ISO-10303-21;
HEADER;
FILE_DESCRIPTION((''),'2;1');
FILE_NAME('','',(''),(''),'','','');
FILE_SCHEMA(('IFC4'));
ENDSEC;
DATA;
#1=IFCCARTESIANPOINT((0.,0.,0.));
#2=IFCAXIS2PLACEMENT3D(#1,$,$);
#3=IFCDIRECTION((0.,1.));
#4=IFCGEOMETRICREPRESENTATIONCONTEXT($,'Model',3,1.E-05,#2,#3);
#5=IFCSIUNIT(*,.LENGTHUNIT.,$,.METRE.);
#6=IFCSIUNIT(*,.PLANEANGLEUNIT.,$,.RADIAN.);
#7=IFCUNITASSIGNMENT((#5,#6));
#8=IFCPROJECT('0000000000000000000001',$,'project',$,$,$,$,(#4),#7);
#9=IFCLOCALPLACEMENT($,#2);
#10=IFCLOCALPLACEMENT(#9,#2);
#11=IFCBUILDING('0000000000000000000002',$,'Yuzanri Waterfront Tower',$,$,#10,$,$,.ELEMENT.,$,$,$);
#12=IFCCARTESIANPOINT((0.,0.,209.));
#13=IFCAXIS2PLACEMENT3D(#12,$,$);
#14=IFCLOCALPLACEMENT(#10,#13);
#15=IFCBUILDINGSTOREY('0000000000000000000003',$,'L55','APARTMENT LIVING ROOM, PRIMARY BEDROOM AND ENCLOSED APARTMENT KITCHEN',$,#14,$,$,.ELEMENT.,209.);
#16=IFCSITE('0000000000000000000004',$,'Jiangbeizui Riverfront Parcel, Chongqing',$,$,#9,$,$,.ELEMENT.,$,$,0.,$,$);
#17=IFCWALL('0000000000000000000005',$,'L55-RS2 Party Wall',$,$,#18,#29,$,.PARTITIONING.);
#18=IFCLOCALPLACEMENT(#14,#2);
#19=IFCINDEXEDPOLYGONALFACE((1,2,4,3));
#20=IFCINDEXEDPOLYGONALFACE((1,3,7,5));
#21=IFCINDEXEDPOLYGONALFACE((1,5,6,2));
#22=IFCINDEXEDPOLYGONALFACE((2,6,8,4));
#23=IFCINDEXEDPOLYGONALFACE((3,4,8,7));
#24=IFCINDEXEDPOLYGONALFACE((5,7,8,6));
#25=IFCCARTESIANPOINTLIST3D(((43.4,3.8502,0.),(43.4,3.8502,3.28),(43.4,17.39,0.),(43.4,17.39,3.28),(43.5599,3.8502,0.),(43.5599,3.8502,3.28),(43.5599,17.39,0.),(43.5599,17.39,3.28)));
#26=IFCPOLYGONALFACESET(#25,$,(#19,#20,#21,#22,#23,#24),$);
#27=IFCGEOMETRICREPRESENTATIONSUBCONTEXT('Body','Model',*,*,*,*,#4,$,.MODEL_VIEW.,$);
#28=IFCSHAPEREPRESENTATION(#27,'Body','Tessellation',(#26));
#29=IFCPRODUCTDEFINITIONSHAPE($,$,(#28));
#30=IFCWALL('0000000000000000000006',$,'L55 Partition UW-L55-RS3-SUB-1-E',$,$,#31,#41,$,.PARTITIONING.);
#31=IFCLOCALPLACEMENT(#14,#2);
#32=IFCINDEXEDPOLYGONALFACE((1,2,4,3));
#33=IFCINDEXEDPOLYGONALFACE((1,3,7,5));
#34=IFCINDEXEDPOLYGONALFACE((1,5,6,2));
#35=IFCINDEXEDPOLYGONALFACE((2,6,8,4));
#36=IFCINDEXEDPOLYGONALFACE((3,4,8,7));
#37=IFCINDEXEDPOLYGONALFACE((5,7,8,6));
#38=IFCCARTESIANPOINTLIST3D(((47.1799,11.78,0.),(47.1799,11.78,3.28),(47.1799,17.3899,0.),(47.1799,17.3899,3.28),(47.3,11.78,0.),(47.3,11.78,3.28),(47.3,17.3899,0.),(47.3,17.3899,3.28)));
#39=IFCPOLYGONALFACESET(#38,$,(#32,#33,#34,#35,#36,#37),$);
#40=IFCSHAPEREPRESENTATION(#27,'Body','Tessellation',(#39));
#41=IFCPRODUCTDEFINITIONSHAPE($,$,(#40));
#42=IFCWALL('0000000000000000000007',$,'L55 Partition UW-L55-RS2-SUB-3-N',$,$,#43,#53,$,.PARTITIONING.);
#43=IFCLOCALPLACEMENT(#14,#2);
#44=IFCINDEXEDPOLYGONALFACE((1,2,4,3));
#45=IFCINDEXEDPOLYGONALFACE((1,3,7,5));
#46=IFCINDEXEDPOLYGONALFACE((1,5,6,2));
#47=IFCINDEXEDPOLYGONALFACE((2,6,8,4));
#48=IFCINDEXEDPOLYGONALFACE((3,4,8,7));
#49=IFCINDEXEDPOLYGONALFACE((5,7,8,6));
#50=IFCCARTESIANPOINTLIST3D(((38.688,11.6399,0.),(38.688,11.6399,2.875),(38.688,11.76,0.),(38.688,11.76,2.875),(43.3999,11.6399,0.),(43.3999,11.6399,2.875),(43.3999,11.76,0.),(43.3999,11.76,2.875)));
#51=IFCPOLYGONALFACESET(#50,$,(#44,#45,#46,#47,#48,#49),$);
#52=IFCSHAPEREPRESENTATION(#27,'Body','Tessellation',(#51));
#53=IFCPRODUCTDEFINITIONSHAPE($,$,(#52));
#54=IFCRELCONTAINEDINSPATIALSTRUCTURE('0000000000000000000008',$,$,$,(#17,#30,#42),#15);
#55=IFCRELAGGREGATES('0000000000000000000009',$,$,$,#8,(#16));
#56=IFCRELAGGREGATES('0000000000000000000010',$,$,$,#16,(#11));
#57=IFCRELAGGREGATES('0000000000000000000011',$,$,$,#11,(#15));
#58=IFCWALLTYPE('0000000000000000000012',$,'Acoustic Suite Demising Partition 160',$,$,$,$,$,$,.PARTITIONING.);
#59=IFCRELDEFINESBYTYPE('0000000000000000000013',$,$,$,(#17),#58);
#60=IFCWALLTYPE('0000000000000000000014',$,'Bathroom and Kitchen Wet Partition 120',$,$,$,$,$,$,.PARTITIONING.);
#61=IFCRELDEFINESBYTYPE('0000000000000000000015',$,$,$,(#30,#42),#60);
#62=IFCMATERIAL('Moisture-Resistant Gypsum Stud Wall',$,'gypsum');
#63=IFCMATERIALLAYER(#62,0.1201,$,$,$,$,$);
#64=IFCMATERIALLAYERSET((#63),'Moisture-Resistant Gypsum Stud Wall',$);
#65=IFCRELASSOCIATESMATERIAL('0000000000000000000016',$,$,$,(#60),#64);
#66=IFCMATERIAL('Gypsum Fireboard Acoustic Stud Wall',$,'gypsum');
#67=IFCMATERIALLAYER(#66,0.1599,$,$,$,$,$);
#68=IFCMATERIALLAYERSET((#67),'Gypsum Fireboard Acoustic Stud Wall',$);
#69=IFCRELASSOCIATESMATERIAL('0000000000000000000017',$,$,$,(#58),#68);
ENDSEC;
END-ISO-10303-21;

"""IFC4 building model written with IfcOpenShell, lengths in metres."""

from ifc_helpers import new_model, si_unit, direction, frame, frame_2d, origin, place, context, subcontext, project, spatial, rectangle, extrude, source, transform, mapped, material, layer, layer_set, type_object, element, save


model = new_model("IFC4")

# Units and contexts
model_context = context("Model", 3, precision=1e-05, world=origin(), true_north=direction((0.0, 1.0)))
body_context = subcontext(model_context, "Body", "Model", "MODEL_VIEW")
ifc_project = project(units=[si_unit("LENGTHUNIT", "METRE"), si_unit("PLANEANGLEUNIT", "RADIAN")], contexts=[model_context])

# Site, building, storey
site_placement = place(None, origin())
site = spatial("IfcSite", under=ifc_project, at=site_placement, Name="Jiangbeizui Riverfront Parcel, Chongqing", CompositionType="ELEMENT", RefElevation=0.0)
building_placement = place(site_placement, origin())
building = spatial("IfcBuilding", under=site, at=building_placement, Name="Yuzanri Waterfront Tower", CompositionType="ELEMENT")
storey_placement = place(building_placement, frame((0.0, 0.0, 209.0)))
storey = spatial("IfcBuildingStorey", under=building, at=storey_placement, Name="L55", Description="APARTMENT LIVING ROOM, PRIMARY BEDROOM AND ENCLOSED APARTMENT KITCHEN", CompositionType="ELEMENT", Elevation=209.0)

# Shared definitions
ifc_material_1 = material(Name="Moisture-Resistant Gypsum Stud Wall", Category="gypsum")
ifc_layer_1 = layer(ifc_material_1, 0.1201)
ifc_layer_set_1 = layer_set([ifc_layer_1], Name="Moisture-Resistant Gypsum Stud Wall")
wall_type_1 = type_object("IfcWallType", Name="Bathroom and Kitchen Wet Partition 120", PredefinedType="PARTITIONING", material=ifc_layer_set_1)

# Walls
ifc_material_2 = material(Name="Gypsum Fireboard Acoustic Stud Wall", Category="gypsum")
ifc_layer_2 = layer(ifc_material_2, 0.1599)
ifc_layer_set_2 = layer_set([ifc_layer_2], Name="Gypsum Fireboard Acoustic Stud Wall")
wall_type_2 = type_object("IfcWallType", Name="Acoustic Suite Demising Partition 160", PredefinedType="PARTITIONING", material=ifc_layer_set_2)
shared_shape_1 = source(origin(), body_context, "Body", "SweptSolid", [
    extrude(rectangle(XDim=13.5398, YDim=0.1599, at=frame_2d((6.77, 0.0))), origin(), (0.0, 0.0, 1.0), 3.28),
])
wall_1_placement = place(storey_placement, frame((43.48, 3.8501, 0.0), z_axis=(0.0, 0.0, 1.0), x_axis=(0.0, 1.0, 0.0)))
element("IfcWall", 1, at=wall_1_placement, inside=storey, type_object=wall_type_2, Name="L55-RS2 Party Wall", PredefinedType="PARTITIONING", context=body_context, shape_type="MappedRepresentation", body=[
    mapped(shared_shape_1, transform((0.0, 0.0, 0.0), scale=1.0)),
])
shared_shape_2 = source(origin(), body_context, "Body", "SweptSolid", [
    extrude(rectangle(XDim=5.6099, YDim=0.1201, at=frame_2d((2.8049, 0.0))), origin(), (0.0, 0.0, 1.0), 3.28),
])
wall_2_placement = place(storey_placement, frame((47.24, 11.78, 0.0), z_axis=(0.0, 0.0, 1.0), x_axis=(0.0, 1.0, 0.0)))
element("IfcWall", 2, at=wall_2_placement, inside=storey, type_object=wall_type_1, Name="L55 Partition UW-L55-RS3-SUB-1-E", PredefinedType="PARTITIONING", context=body_context, shape_type="MappedRepresentation", body=[
    mapped(shared_shape_2, transform((0.0, 0.0, 0.0), scale=1.0)),
])
shared_shape_3 = source(origin(), body_context, "Body", "SweptSolid", [
    extrude(rectangle(XDim=4.7119, YDim=0.1201, at=frame_2d((2.356, 0.0))), origin(), (0.0, 0.0, 1.0), 2.875),
])
wall_3_placement = place(storey_placement, frame((38.688, 11.7, 0.0), z_axis=(0.0, 0.0, 1.0), x_axis=(1.0, 0.0, 0.0)))
element("IfcWall", 3, at=wall_3_placement, inside=storey, type_object=wall_type_1, Name="L55 Partition UW-L55-RS2-SUB-3-N", PredefinedType="PARTITIONING", context=body_context, shape_type="MappedRepresentation", body=[
    mapped(shared_shape_3, transform((0.0, 0.0, 0.0), scale=1.0)),
])

save(model, "model.ifc")
